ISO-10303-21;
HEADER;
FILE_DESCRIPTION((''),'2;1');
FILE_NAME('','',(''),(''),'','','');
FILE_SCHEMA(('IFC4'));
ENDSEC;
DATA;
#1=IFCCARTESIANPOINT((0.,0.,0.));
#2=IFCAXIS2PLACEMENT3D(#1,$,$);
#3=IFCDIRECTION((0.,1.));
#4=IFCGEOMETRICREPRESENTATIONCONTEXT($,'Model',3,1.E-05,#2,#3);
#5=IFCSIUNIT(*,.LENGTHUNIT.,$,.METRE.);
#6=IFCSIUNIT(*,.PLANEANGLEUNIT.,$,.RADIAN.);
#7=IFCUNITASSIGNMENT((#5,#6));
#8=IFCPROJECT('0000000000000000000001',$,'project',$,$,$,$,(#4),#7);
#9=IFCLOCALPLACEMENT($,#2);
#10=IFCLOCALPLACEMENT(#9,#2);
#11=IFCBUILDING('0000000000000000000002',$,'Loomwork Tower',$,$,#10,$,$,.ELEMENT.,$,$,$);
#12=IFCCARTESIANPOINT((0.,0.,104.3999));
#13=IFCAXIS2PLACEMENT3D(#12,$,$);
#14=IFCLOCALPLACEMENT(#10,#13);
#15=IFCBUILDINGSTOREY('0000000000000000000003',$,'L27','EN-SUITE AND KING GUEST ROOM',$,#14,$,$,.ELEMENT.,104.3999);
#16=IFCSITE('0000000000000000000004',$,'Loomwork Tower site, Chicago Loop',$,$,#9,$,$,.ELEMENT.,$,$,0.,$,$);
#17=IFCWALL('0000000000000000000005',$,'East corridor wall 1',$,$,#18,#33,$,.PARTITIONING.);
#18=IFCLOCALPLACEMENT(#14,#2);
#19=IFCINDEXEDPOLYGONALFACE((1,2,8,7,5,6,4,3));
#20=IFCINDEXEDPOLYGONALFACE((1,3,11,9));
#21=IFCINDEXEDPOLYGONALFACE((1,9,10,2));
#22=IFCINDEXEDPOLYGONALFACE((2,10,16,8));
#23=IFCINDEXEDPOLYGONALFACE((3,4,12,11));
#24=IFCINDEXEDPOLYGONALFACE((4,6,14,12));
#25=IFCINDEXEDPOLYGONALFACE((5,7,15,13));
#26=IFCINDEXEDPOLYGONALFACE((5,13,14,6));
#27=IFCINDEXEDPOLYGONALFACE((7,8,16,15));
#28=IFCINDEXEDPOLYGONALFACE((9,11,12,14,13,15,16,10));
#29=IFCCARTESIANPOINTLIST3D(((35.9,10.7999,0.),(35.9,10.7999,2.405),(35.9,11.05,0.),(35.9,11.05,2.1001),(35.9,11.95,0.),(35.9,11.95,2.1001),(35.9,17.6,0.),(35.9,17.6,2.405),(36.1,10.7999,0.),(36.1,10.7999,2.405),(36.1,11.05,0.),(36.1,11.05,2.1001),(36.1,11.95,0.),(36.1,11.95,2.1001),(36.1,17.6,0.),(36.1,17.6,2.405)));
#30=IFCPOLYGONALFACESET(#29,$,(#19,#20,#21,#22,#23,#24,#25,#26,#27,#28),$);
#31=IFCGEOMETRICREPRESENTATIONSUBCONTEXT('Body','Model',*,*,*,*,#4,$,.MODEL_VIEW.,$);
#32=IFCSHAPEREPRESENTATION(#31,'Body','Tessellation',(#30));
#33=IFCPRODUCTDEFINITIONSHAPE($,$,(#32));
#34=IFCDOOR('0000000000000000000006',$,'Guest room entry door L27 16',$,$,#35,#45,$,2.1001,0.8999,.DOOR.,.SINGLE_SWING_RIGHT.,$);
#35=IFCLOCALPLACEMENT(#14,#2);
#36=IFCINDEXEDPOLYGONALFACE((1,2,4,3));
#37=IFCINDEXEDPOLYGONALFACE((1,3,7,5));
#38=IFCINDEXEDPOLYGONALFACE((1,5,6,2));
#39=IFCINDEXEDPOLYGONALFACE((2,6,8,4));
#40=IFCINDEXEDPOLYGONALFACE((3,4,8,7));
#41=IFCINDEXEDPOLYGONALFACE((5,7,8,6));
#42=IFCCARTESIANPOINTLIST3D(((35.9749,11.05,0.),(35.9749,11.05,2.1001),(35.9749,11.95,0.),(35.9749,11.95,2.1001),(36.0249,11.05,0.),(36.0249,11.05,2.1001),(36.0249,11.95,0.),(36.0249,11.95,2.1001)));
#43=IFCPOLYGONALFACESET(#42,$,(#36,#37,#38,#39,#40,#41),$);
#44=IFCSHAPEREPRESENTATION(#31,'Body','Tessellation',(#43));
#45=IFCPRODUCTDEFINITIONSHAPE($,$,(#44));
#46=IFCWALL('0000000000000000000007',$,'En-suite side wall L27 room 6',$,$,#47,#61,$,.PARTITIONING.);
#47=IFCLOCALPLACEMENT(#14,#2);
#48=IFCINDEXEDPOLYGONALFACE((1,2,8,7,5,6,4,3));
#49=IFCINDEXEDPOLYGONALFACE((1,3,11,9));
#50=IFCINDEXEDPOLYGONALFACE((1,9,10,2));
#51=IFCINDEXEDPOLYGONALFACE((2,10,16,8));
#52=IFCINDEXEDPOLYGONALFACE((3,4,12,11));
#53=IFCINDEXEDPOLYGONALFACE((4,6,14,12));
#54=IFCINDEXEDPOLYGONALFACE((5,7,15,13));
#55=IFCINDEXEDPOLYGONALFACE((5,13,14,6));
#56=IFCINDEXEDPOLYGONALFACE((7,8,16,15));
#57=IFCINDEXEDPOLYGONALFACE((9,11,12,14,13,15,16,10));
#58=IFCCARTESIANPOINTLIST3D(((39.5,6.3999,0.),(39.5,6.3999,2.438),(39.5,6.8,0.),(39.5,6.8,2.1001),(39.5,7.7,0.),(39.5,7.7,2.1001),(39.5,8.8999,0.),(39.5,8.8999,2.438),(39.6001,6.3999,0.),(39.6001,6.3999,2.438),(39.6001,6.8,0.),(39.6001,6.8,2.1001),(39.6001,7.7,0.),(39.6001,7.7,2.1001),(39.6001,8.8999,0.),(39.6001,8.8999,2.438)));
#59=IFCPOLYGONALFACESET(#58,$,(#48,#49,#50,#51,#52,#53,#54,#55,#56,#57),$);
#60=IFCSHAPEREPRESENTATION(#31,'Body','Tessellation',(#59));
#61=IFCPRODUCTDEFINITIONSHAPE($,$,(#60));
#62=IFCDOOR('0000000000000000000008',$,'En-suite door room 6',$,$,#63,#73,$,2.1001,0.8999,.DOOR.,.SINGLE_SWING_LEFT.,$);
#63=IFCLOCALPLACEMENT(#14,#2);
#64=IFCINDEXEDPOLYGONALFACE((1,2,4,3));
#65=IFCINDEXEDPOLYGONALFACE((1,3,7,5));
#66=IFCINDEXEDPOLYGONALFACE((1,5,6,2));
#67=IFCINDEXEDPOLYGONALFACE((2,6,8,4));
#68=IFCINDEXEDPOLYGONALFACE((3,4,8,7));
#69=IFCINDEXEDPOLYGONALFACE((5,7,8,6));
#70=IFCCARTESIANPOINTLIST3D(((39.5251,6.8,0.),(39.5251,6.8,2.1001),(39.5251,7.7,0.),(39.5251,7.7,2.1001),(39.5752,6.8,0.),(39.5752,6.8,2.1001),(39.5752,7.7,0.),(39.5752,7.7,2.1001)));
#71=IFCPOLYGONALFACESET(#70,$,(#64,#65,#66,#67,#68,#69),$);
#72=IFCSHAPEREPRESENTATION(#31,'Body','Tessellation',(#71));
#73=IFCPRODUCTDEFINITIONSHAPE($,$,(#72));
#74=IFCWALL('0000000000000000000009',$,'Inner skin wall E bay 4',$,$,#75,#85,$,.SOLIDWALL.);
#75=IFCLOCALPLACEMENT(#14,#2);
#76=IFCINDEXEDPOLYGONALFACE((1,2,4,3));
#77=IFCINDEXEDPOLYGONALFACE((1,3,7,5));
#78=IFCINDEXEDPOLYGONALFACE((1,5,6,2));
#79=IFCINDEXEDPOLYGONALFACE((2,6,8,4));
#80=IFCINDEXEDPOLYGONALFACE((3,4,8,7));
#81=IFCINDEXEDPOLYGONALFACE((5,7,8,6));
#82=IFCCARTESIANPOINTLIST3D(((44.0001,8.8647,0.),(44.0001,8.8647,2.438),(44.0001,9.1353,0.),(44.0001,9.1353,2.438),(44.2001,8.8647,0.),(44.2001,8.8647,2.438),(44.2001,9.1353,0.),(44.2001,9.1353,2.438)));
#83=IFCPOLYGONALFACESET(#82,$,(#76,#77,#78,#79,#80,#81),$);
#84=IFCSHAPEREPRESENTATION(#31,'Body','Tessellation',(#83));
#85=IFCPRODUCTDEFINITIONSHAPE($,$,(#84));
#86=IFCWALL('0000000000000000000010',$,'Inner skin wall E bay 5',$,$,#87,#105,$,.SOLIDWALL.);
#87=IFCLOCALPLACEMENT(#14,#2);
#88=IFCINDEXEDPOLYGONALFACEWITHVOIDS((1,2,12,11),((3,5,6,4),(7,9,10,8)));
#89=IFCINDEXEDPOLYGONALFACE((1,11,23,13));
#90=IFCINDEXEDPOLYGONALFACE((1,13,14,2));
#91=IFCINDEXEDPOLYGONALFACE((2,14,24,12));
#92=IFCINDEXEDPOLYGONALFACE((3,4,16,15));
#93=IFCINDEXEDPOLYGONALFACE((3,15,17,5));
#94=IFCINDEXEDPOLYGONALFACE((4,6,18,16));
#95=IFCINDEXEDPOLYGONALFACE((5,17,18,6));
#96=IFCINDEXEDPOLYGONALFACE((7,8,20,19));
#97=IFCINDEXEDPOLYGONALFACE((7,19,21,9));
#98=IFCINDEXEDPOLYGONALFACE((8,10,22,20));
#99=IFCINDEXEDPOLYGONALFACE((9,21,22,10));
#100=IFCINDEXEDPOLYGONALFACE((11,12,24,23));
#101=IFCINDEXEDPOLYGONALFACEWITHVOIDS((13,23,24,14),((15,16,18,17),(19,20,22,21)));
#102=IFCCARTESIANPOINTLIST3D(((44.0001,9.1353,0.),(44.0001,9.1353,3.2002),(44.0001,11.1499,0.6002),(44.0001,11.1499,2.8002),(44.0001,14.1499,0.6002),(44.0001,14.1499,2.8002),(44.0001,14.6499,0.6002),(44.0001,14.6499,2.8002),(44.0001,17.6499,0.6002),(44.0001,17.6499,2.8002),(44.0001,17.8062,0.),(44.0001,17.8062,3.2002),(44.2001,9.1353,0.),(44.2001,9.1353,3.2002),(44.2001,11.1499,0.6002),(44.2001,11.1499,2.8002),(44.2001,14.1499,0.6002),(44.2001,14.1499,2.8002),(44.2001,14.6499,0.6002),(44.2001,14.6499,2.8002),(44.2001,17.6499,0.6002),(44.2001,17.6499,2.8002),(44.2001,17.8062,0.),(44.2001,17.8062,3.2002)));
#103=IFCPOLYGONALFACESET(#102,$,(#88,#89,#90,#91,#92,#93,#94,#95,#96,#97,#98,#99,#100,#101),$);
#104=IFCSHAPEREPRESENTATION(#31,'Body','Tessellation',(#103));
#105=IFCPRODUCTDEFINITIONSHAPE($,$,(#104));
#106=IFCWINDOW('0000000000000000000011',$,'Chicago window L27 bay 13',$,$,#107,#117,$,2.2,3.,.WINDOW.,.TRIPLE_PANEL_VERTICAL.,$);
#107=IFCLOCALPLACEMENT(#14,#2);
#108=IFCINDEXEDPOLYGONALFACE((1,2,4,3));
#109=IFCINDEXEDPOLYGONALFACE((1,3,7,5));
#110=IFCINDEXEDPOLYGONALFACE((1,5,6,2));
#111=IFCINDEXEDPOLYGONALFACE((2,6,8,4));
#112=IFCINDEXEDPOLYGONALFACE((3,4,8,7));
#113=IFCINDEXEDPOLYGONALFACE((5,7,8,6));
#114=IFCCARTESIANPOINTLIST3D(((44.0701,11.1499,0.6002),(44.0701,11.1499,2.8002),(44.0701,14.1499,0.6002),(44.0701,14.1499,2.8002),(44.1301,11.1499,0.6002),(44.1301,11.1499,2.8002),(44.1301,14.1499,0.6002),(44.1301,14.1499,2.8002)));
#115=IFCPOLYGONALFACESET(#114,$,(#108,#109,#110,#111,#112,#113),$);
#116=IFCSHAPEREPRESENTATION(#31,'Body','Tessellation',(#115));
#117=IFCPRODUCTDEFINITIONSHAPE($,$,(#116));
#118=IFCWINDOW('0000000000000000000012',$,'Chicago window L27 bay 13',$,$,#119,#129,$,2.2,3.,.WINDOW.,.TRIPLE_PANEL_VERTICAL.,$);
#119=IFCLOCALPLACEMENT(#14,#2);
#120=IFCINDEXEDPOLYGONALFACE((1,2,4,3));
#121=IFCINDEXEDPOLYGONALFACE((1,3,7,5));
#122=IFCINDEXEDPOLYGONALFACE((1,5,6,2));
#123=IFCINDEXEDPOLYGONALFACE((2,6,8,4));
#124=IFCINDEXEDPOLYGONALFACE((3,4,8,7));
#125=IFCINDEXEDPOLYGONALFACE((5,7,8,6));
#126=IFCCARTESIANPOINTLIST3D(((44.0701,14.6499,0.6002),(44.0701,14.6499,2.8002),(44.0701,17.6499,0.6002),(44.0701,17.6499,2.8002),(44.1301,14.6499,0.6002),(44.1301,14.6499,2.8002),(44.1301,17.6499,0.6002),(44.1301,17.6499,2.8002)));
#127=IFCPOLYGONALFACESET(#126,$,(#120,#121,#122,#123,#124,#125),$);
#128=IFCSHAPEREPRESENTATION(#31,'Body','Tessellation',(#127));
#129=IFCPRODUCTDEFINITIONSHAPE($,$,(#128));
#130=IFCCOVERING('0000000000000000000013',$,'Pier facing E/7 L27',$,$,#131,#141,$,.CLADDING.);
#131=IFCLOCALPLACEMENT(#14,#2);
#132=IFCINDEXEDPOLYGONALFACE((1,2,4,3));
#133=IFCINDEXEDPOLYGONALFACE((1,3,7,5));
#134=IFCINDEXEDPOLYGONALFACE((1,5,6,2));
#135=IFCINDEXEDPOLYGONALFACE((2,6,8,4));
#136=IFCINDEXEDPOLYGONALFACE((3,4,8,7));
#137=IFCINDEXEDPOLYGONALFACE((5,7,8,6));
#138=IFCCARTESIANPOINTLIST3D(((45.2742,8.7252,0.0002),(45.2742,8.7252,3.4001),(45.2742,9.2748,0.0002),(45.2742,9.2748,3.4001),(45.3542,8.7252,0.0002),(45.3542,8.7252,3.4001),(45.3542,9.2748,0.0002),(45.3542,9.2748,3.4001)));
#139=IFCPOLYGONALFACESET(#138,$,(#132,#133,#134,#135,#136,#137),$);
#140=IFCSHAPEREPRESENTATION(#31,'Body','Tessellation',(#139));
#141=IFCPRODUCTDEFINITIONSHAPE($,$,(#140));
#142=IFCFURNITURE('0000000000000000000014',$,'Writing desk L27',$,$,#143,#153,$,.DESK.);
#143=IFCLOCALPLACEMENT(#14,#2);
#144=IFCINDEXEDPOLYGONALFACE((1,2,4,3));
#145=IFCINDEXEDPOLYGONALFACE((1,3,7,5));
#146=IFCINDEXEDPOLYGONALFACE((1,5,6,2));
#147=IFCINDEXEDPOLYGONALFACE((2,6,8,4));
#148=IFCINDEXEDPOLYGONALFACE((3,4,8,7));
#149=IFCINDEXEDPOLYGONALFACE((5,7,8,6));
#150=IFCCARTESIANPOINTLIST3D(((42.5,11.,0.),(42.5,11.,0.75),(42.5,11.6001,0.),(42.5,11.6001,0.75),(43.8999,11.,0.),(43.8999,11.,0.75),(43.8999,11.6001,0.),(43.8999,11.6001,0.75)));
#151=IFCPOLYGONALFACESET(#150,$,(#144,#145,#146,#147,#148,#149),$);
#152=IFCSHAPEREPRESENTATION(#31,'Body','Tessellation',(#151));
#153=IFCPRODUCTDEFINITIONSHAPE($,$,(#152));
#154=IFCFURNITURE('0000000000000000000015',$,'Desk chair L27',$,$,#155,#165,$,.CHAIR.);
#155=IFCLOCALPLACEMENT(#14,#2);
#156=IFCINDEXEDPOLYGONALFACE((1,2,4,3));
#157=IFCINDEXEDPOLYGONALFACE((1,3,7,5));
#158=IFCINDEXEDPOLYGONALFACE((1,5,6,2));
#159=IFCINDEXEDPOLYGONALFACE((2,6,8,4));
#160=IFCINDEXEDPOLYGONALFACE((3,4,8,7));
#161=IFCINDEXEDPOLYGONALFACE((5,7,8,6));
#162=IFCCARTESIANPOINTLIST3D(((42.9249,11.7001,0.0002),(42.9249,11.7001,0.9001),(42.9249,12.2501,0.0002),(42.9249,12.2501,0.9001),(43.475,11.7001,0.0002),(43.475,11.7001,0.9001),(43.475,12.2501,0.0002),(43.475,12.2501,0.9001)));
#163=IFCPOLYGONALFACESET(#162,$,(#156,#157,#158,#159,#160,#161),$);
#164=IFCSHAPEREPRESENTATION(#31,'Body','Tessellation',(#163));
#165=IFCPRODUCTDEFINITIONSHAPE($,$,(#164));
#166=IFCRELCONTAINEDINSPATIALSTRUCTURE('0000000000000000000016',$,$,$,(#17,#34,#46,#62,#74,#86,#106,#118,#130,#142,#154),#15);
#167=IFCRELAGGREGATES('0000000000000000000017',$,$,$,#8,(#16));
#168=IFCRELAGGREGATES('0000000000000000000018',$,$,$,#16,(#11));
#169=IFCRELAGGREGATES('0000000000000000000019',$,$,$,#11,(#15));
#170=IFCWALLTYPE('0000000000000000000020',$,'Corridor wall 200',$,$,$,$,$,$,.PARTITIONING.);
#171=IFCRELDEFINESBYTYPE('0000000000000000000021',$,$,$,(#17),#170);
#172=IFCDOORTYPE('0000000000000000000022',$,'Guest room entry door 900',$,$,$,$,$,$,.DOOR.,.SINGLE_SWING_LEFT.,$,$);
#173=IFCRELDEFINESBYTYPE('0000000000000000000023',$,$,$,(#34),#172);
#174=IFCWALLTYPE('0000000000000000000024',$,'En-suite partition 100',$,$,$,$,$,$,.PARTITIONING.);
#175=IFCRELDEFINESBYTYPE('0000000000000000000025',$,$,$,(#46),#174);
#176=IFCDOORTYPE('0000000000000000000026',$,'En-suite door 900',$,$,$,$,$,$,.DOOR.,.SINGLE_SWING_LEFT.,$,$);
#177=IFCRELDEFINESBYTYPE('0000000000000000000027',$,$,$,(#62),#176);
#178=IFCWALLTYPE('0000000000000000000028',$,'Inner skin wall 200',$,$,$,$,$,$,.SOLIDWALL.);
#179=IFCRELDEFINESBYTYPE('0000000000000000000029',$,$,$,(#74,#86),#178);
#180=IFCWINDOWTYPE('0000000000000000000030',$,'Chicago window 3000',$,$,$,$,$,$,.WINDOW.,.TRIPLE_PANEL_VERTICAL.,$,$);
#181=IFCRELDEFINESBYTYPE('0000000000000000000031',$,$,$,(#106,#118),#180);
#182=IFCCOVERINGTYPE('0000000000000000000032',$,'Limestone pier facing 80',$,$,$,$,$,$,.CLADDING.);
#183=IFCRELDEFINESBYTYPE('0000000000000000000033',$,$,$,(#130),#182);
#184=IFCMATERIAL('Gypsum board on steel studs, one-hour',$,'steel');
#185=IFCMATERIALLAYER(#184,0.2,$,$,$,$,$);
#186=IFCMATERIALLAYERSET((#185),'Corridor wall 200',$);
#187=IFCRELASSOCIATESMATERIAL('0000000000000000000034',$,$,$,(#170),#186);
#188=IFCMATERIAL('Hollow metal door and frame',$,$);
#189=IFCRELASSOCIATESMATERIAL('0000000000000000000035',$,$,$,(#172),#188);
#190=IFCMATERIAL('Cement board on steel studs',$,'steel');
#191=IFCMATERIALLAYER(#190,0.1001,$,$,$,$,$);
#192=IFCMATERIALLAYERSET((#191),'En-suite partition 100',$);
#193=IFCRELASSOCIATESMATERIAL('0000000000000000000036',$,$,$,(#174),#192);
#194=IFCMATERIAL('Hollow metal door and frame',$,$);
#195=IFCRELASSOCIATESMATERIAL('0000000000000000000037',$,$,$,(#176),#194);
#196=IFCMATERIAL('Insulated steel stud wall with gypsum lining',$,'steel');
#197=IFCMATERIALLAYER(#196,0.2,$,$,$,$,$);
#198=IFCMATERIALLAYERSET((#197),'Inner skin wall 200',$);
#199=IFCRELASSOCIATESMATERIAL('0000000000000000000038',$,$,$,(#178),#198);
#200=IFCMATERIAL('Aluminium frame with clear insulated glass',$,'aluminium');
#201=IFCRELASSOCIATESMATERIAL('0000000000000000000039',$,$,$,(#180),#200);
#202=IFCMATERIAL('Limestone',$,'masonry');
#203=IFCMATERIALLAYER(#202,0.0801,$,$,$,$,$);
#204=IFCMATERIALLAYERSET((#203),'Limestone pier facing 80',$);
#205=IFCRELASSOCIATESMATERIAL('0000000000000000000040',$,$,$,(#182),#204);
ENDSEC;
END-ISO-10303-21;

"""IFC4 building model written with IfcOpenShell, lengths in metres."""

from ifc_helpers import new_model, si_unit, direction, frame, frame_2d, origin, origin_2d, place, context, subcontext, project, spatial, rectangle, extrude, material, layer, layer_set, type_object, element, fill, save


model = new_model("IFC4")

# Units and contexts
model_context = context("Model", 3, precision=1e-05, world=origin(), true_north=direction((0.0, 1.0)))
body_context = subcontext(model_context, "Body", "Model", "MODEL_VIEW")
ifc_project = project(units=[si_unit("LENGTHUNIT", "METRE"), si_unit("PLANEANGLEUNIT", "RADIAN")], contexts=[model_context])

# Site, building, storey
site_placement = place(None, origin())
site = spatial("IfcSite", under=ifc_project, at=site_placement, Name="Loomwork Tower site, Chicago Loop", CompositionType="ELEMENT", RefElevation=0.0)
building_placement = place(site_placement, origin())
building = spatial("IfcBuilding", under=site, at=building_placement, Name="Loomwork Tower", CompositionType="ELEMENT")
storey_placement = place(building_placement, frame((0.0, 0.0, 104.3999)))
storey = spatial("IfcBuildingStorey", under=building, at=storey_placement, Name="L27", Description="EN-SUITE AND KING GUEST ROOM", CompositionType="ELEMENT", Elevation=104.3999)

# Walls, openings, doors
ifc_material_1 = material(Name="Gypsum board on steel studs, one-hour", Category="steel")
ifc_layer_1 = layer(ifc_material_1, 0.2)
ifc_layer_set_1 = layer_set([ifc_layer_1], Name="Corridor wall 200")
wall_type_1 = type_object("IfcWallType", Name="Corridor wall 200", PredefinedType="PARTITIONING", material=ifc_layer_set_1)
ifc_material_2 = material(Name="Hollow metal door and frame")
door_type_1 = type_object("IfcDoorType", Name="Guest room entry door 900", OperationType="SINGLE_SWING_LEFT", PredefinedType="DOOR", material=ifc_material_2)
wall_1_placement = place(storey_placement, frame((36.0, 10.8, 0.0), z_axis=(0.0, 0.0, 1.0), x_axis=(0.0, 1.0, 0.0)))
wall_1 = element("IfcWall", 1, at=wall_1_placement, inside=storey, type_object=wall_type_1, Name="East corridor wall 1", PredefinedType="PARTITIONING", context=body_context, shape_type="SweptSolid", body=[
    extrude(rectangle(XDim=6.8, YDim=0.2, at=frame_2d((3.3999, 0.0))), origin(), (0.0, 0.0, 1.0), 2.405),
])
opening_1_placement = place(wall_1_placement, frame((0.25, 0.0, 0.0)))
opening_1 = element("IfcOpeningElement", 2, at=opening_1_placement, cuts=wall_1, PredefinedType="OPENING", context=body_context, shape_type="SweptSolid", body=[
    extrude(rectangle(XDim=0.8999, YDim=2.1001, at=frame_2d((0.45, 1.05))), frame((0.0, 0.1099, 0.0), z_axis=(0.0, -1.0, 0.0), x_axis=(1.0, 0.0, 0.0)), (0.0, 0.0, 1.0), 0.22),
])
door_1_placement = place(opening_1_placement, frame((0.8999, 0.0, 0.0), z_axis=(0.0, 0.0, 1.0), x_axis=(-1.0, 0.0, 0.0)))
door_1 = element("IfcDoor", 3, at=door_1_placement, inside=storey, type_object=door_type_1, Name="Guest room entry door L27 16", OperationType="SINGLE_SWING_RIGHT", OverallHeight=2.1001, OverallWidth=0.8999, PredefinedType="DOOR", context=body_context, shape_type="SweptSolid", body=[
    extrude(rectangle(XDim=0.8999, YDim=2.1001, at=frame_2d((0.45, 1.05))), frame((0.0, 0.0249, 0.0), z_axis=(0.0, -1.0, 0.0), x_axis=(1.0, 0.0, 0.0)), (0.0, 0.0, 1.0), 0.05),
])
fill(opening_1, door_1)
ifc_material_3 = material(Name="Cement board on steel studs", Category="steel")
ifc_layer_2 = layer(ifc_material_3, 0.1001)
ifc_layer_set_2 = layer_set([ifc_layer_2], Name="En-suite partition 100")
wall_type_2 = type_object("IfcWallType", Name="En-suite partition 100", PredefinedType="PARTITIONING", material=ifc_layer_set_2)
wall_2_placement = place(storey_placement, frame((39.55, 8.8999, 0.0), z_axis=(0.0, 0.0, 1.0), x_axis=(0.0, -1.0, 0.0)))
wall_2 = element("IfcWall", 4, at=wall_2_placement, inside=storey, type_object=wall_type_2, Name="En-suite side wall L27 room 6", PredefinedType="PARTITIONING", context=body_context, shape_type="SweptSolid", body=[
    extrude(rectangle(XDim=2.5, YDim=0.1001, at=frame_2d((1.25, 0.0))), origin(), (0.0, 0.0, 1.0), 2.438),
])
opening_2_placement = place(wall_2_placement, frame((1.2, 0.0, 0.0)))
opening_2 = element("IfcOpeningElement", 5, at=opening_2_placement, cuts=wall_2, PredefinedType="OPENING", context=body_context, shape_type="SweptSolid", body=[
    extrude(rectangle(XDim=0.8999, YDim=2.1001, at=frame_2d((0.45, 1.05))), frame((0.0, 0.0601, 0.0), z_axis=(0.0, -1.0, 0.0), x_axis=(1.0, 0.0, 0.0)), (0.0, 0.0, 1.0), 0.1201),
])
ifc_material_4 = material(Name="Hollow metal door and frame")
door_type_2 = type_object("IfcDoorType", Name="En-suite door 900", OperationType="SINGLE_SWING_LEFT", PredefinedType="DOOR", material=ifc_material_4)
door_2_placement = place(opening_2_placement, frame((0.8999, 0.0, 0.0), z_axis=(0.0, 0.0, 1.0), x_axis=(-1.0, 0.0, 0.0)))
door_2 = element("IfcDoor", 6, at=door_2_placement, inside=storey, type_object=door_type_2, Name="En-suite door room 6", OperationType="SINGLE_SWING_LEFT", OverallHeight=2.1001, OverallWidth=0.8999, PredefinedType="DOOR", context=body_context, shape_type="SweptSolid", body=[
    extrude(rectangle(XDim=0.8999, YDim=2.1001, at=frame_2d((0.45, 1.05))), frame((0.0, 0.0249, 0.0), z_axis=(0.0, -1.0, 0.0), x_axis=(1.0, 0.0, 0.0)), (0.0, 0.0, 1.0), 0.05),
])
fill(opening_2, door_2)

# Wall
ifc_material_5 = material(Name="Insulated steel stud wall with gypsum lining", Category="steel")
ifc_layer_3 = layer(ifc_material_5, 0.2)
ifc_layer_set_3 = layer_set([ifc_layer_3], Name="Inner skin wall 200")
wall_type_3 = type_object("IfcWallType", Name="Inner skin wall 200", PredefinedType="SOLIDWALL", material=ifc_layer_set_3)
wall_3_placement = place(storey_placement, frame((44.1001, 8.8647, 0.0), z_axis=(0.0, 0.0, 1.0), x_axis=(0.0, 1.0, 0.0)))
element("IfcWall", 7, at=wall_3_placement, inside=storey, type_object=wall_type_3, Name="Inner skin wall E bay 4", PredefinedType="SOLIDWALL", context=body_context, shape_type="SweptSolid", body=[
    extrude(rectangle(XDim=0.2705, YDim=0.2, at=frame_2d((0.1353, 0.0))), origin(), (0.0, 0.0, 1.0), 2.438),
])

# Wall, openings, windows
wall_4_placement = place(storey_placement, frame((44.1001, 9.1353, 0.0), z_axis=(0.0, 0.0, 1.0), x_axis=(0.0, 1.0, 0.0)))
wall_4 = element("IfcWall", 8, at=wall_4_placement, inside=storey, type_object=wall_type_3, Name="Inner skin wall E bay 5", PredefinedType="SOLIDWALL", context=body_context, shape_type="SweptSolid", body=[
    extrude(rectangle(XDim=8.6709, YDim=0.2, at=frame_2d((4.3354, 0.0))), origin(), (0.0, 0.0, 1.0), 3.2002),
])
opening_3_placement = place(wall_4_placement, frame((2.0146, 0.0, 0.6001)))
opening_3 = element("IfcOpeningElement", 9, at=opening_3_placement, cuts=wall_4, PredefinedType="OPENING", context=body_context, shape_type="SweptSolid", body=[
    extrude(rectangle(XDim=3.0, YDim=2.2, at=frame_2d((1.5, 1.1001))), frame((0.0, 0.1099, 0.0), z_axis=(0.0, -1.0, 0.0), x_axis=(1.0, 0.0, 0.0)), (0.0, 0.0, 1.0), 0.22),
])
opening_4_placement = place(wall_4_placement, frame((5.5146, 0.0, 0.6001)))
opening_4 = element("IfcOpeningElement", 10, at=opening_4_placement, cuts=wall_4, PredefinedType="OPENING", context=body_context, shape_type="SweptSolid", body=[
    extrude(rectangle(XDim=3.0, YDim=2.2, at=frame_2d((1.5, 1.1001))), frame((0.0, 0.1099, 0.0), z_axis=(0.0, -1.0, 0.0), x_axis=(1.0, 0.0, 0.0)), (0.0, 0.0, 1.0), 0.22),
])
ifc_material_6 = material(Name="Aluminium frame with clear insulated glass", Category="aluminium")
window_type = type_object("IfcWindowType", Name="Chicago window 3000", PartitioningType="TRIPLE_PANEL_VERTICAL", PredefinedType="WINDOW", material=ifc_material_6)
window_1_placement = place(opening_3_placement, origin())
window_1 = element("IfcWindow", 11, at=window_1_placement, inside=storey, type_object=window_type, Name="Chicago window L27 bay 13", OverallHeight=2.2, OverallWidth=3.0, PartitioningType="TRIPLE_PANEL_VERTICAL", PredefinedType="WINDOW", context=body_context, shape_type="SweptSolid", body=[
    extrude(rectangle(XDim=3.0, YDim=2.2, at=frame_2d((1.5, 1.1001))), frame((0.0, 0.03, 0.0), z_axis=(0.0, -1.0, 0.0), x_axis=(1.0, 0.0, 0.0)), (0.0, 0.0, 1.0), 0.0601),
])
fill(opening_3, window_1)
window_2_placement = place(opening_4_placement, origin())
window_2 = element("IfcWindow", 12, at=window_2_placement, inside=storey, type_object=window_type, Name="Chicago window L27 bay 13", OverallHeight=2.2, OverallWidth=3.0, PartitioningType="TRIPLE_PANEL_VERTICAL", PredefinedType="WINDOW", context=body_context, shape_type="SweptSolid", body=[
    extrude(rectangle(XDim=3.0, YDim=2.2, at=frame_2d((1.5, 1.1001))), frame((0.0, 0.03, 0.0), z_axis=(0.0, -1.0, 0.0), x_axis=(1.0, 0.0, 0.0)), (0.0, 0.0, 1.0), 0.0601),
])
fill(opening_4, window_2)

# Covering
ifc_material_7 = material(Name="Limestone", Category="masonry")
ifc_layer_4 = layer(ifc_material_7, 0.0801)
ifc_layer_set_4 = layer_set([ifc_layer_4], Name="Limestone pier facing 80")
covering_type = type_object("IfcCoveringType", Name="Limestone pier facing 80", PredefinedType="CLADDING", material=ifc_layer_set_4)
covering_placement = place(storey_placement, frame((45.3142, 9.0, 0.0002), z_axis=(0.0, 0.0, 1.0), x_axis=(1.0, 0.0, 0.0)))
element("IfcCovering", 13, at=covering_placement, inside=storey, type_object=covering_type, Name="Pier facing E/7 L27", PredefinedType="CLADDING", context=body_context, shape_type="SweptSolid", body=[
    extrude(rectangle(XDim=0.0801, YDim=0.5496, at=origin_2d()), origin(), (0.0, 0.0, 1.0), 3.3999),
])

# Furniture
furniture_1_placement = place(storey_placement, frame((43.2, 11.3, 0.0), z_axis=(0.0, 0.0, 1.0), x_axis=(1.0, 0.0, 0.0)))
element("IfcFurniture", 14, at=furniture_1_placement, inside=storey, Name="Writing desk L27", PredefinedType="DESK", context=body_context, shape_type="SweptSolid", body=[
    extrude(rectangle(XDim=1.3999, YDim=0.6001, at=origin_2d()), origin(), (0.0, 0.0, 1.0), 0.75),
])
furniture_2_placement = place(storey_placement, frame((43.2, 11.9751, 0.0002), z_axis=(0.0, 0.0, 1.0), x_axis=(1.0, 0.0, 0.0)))
element("IfcFurniture", 15, at=furniture_2_placement, inside=storey, Name="Desk chair L27", PredefinedType="CHAIR", context=body_context, shape_type="SweptSolid", body=[
    extrude(rectangle(XDim=0.55, YDim=0.55, at=origin_2d()), origin(), (0.0, 0.0, 1.0), 0.8999),
])

save(model, "model.ifc")
